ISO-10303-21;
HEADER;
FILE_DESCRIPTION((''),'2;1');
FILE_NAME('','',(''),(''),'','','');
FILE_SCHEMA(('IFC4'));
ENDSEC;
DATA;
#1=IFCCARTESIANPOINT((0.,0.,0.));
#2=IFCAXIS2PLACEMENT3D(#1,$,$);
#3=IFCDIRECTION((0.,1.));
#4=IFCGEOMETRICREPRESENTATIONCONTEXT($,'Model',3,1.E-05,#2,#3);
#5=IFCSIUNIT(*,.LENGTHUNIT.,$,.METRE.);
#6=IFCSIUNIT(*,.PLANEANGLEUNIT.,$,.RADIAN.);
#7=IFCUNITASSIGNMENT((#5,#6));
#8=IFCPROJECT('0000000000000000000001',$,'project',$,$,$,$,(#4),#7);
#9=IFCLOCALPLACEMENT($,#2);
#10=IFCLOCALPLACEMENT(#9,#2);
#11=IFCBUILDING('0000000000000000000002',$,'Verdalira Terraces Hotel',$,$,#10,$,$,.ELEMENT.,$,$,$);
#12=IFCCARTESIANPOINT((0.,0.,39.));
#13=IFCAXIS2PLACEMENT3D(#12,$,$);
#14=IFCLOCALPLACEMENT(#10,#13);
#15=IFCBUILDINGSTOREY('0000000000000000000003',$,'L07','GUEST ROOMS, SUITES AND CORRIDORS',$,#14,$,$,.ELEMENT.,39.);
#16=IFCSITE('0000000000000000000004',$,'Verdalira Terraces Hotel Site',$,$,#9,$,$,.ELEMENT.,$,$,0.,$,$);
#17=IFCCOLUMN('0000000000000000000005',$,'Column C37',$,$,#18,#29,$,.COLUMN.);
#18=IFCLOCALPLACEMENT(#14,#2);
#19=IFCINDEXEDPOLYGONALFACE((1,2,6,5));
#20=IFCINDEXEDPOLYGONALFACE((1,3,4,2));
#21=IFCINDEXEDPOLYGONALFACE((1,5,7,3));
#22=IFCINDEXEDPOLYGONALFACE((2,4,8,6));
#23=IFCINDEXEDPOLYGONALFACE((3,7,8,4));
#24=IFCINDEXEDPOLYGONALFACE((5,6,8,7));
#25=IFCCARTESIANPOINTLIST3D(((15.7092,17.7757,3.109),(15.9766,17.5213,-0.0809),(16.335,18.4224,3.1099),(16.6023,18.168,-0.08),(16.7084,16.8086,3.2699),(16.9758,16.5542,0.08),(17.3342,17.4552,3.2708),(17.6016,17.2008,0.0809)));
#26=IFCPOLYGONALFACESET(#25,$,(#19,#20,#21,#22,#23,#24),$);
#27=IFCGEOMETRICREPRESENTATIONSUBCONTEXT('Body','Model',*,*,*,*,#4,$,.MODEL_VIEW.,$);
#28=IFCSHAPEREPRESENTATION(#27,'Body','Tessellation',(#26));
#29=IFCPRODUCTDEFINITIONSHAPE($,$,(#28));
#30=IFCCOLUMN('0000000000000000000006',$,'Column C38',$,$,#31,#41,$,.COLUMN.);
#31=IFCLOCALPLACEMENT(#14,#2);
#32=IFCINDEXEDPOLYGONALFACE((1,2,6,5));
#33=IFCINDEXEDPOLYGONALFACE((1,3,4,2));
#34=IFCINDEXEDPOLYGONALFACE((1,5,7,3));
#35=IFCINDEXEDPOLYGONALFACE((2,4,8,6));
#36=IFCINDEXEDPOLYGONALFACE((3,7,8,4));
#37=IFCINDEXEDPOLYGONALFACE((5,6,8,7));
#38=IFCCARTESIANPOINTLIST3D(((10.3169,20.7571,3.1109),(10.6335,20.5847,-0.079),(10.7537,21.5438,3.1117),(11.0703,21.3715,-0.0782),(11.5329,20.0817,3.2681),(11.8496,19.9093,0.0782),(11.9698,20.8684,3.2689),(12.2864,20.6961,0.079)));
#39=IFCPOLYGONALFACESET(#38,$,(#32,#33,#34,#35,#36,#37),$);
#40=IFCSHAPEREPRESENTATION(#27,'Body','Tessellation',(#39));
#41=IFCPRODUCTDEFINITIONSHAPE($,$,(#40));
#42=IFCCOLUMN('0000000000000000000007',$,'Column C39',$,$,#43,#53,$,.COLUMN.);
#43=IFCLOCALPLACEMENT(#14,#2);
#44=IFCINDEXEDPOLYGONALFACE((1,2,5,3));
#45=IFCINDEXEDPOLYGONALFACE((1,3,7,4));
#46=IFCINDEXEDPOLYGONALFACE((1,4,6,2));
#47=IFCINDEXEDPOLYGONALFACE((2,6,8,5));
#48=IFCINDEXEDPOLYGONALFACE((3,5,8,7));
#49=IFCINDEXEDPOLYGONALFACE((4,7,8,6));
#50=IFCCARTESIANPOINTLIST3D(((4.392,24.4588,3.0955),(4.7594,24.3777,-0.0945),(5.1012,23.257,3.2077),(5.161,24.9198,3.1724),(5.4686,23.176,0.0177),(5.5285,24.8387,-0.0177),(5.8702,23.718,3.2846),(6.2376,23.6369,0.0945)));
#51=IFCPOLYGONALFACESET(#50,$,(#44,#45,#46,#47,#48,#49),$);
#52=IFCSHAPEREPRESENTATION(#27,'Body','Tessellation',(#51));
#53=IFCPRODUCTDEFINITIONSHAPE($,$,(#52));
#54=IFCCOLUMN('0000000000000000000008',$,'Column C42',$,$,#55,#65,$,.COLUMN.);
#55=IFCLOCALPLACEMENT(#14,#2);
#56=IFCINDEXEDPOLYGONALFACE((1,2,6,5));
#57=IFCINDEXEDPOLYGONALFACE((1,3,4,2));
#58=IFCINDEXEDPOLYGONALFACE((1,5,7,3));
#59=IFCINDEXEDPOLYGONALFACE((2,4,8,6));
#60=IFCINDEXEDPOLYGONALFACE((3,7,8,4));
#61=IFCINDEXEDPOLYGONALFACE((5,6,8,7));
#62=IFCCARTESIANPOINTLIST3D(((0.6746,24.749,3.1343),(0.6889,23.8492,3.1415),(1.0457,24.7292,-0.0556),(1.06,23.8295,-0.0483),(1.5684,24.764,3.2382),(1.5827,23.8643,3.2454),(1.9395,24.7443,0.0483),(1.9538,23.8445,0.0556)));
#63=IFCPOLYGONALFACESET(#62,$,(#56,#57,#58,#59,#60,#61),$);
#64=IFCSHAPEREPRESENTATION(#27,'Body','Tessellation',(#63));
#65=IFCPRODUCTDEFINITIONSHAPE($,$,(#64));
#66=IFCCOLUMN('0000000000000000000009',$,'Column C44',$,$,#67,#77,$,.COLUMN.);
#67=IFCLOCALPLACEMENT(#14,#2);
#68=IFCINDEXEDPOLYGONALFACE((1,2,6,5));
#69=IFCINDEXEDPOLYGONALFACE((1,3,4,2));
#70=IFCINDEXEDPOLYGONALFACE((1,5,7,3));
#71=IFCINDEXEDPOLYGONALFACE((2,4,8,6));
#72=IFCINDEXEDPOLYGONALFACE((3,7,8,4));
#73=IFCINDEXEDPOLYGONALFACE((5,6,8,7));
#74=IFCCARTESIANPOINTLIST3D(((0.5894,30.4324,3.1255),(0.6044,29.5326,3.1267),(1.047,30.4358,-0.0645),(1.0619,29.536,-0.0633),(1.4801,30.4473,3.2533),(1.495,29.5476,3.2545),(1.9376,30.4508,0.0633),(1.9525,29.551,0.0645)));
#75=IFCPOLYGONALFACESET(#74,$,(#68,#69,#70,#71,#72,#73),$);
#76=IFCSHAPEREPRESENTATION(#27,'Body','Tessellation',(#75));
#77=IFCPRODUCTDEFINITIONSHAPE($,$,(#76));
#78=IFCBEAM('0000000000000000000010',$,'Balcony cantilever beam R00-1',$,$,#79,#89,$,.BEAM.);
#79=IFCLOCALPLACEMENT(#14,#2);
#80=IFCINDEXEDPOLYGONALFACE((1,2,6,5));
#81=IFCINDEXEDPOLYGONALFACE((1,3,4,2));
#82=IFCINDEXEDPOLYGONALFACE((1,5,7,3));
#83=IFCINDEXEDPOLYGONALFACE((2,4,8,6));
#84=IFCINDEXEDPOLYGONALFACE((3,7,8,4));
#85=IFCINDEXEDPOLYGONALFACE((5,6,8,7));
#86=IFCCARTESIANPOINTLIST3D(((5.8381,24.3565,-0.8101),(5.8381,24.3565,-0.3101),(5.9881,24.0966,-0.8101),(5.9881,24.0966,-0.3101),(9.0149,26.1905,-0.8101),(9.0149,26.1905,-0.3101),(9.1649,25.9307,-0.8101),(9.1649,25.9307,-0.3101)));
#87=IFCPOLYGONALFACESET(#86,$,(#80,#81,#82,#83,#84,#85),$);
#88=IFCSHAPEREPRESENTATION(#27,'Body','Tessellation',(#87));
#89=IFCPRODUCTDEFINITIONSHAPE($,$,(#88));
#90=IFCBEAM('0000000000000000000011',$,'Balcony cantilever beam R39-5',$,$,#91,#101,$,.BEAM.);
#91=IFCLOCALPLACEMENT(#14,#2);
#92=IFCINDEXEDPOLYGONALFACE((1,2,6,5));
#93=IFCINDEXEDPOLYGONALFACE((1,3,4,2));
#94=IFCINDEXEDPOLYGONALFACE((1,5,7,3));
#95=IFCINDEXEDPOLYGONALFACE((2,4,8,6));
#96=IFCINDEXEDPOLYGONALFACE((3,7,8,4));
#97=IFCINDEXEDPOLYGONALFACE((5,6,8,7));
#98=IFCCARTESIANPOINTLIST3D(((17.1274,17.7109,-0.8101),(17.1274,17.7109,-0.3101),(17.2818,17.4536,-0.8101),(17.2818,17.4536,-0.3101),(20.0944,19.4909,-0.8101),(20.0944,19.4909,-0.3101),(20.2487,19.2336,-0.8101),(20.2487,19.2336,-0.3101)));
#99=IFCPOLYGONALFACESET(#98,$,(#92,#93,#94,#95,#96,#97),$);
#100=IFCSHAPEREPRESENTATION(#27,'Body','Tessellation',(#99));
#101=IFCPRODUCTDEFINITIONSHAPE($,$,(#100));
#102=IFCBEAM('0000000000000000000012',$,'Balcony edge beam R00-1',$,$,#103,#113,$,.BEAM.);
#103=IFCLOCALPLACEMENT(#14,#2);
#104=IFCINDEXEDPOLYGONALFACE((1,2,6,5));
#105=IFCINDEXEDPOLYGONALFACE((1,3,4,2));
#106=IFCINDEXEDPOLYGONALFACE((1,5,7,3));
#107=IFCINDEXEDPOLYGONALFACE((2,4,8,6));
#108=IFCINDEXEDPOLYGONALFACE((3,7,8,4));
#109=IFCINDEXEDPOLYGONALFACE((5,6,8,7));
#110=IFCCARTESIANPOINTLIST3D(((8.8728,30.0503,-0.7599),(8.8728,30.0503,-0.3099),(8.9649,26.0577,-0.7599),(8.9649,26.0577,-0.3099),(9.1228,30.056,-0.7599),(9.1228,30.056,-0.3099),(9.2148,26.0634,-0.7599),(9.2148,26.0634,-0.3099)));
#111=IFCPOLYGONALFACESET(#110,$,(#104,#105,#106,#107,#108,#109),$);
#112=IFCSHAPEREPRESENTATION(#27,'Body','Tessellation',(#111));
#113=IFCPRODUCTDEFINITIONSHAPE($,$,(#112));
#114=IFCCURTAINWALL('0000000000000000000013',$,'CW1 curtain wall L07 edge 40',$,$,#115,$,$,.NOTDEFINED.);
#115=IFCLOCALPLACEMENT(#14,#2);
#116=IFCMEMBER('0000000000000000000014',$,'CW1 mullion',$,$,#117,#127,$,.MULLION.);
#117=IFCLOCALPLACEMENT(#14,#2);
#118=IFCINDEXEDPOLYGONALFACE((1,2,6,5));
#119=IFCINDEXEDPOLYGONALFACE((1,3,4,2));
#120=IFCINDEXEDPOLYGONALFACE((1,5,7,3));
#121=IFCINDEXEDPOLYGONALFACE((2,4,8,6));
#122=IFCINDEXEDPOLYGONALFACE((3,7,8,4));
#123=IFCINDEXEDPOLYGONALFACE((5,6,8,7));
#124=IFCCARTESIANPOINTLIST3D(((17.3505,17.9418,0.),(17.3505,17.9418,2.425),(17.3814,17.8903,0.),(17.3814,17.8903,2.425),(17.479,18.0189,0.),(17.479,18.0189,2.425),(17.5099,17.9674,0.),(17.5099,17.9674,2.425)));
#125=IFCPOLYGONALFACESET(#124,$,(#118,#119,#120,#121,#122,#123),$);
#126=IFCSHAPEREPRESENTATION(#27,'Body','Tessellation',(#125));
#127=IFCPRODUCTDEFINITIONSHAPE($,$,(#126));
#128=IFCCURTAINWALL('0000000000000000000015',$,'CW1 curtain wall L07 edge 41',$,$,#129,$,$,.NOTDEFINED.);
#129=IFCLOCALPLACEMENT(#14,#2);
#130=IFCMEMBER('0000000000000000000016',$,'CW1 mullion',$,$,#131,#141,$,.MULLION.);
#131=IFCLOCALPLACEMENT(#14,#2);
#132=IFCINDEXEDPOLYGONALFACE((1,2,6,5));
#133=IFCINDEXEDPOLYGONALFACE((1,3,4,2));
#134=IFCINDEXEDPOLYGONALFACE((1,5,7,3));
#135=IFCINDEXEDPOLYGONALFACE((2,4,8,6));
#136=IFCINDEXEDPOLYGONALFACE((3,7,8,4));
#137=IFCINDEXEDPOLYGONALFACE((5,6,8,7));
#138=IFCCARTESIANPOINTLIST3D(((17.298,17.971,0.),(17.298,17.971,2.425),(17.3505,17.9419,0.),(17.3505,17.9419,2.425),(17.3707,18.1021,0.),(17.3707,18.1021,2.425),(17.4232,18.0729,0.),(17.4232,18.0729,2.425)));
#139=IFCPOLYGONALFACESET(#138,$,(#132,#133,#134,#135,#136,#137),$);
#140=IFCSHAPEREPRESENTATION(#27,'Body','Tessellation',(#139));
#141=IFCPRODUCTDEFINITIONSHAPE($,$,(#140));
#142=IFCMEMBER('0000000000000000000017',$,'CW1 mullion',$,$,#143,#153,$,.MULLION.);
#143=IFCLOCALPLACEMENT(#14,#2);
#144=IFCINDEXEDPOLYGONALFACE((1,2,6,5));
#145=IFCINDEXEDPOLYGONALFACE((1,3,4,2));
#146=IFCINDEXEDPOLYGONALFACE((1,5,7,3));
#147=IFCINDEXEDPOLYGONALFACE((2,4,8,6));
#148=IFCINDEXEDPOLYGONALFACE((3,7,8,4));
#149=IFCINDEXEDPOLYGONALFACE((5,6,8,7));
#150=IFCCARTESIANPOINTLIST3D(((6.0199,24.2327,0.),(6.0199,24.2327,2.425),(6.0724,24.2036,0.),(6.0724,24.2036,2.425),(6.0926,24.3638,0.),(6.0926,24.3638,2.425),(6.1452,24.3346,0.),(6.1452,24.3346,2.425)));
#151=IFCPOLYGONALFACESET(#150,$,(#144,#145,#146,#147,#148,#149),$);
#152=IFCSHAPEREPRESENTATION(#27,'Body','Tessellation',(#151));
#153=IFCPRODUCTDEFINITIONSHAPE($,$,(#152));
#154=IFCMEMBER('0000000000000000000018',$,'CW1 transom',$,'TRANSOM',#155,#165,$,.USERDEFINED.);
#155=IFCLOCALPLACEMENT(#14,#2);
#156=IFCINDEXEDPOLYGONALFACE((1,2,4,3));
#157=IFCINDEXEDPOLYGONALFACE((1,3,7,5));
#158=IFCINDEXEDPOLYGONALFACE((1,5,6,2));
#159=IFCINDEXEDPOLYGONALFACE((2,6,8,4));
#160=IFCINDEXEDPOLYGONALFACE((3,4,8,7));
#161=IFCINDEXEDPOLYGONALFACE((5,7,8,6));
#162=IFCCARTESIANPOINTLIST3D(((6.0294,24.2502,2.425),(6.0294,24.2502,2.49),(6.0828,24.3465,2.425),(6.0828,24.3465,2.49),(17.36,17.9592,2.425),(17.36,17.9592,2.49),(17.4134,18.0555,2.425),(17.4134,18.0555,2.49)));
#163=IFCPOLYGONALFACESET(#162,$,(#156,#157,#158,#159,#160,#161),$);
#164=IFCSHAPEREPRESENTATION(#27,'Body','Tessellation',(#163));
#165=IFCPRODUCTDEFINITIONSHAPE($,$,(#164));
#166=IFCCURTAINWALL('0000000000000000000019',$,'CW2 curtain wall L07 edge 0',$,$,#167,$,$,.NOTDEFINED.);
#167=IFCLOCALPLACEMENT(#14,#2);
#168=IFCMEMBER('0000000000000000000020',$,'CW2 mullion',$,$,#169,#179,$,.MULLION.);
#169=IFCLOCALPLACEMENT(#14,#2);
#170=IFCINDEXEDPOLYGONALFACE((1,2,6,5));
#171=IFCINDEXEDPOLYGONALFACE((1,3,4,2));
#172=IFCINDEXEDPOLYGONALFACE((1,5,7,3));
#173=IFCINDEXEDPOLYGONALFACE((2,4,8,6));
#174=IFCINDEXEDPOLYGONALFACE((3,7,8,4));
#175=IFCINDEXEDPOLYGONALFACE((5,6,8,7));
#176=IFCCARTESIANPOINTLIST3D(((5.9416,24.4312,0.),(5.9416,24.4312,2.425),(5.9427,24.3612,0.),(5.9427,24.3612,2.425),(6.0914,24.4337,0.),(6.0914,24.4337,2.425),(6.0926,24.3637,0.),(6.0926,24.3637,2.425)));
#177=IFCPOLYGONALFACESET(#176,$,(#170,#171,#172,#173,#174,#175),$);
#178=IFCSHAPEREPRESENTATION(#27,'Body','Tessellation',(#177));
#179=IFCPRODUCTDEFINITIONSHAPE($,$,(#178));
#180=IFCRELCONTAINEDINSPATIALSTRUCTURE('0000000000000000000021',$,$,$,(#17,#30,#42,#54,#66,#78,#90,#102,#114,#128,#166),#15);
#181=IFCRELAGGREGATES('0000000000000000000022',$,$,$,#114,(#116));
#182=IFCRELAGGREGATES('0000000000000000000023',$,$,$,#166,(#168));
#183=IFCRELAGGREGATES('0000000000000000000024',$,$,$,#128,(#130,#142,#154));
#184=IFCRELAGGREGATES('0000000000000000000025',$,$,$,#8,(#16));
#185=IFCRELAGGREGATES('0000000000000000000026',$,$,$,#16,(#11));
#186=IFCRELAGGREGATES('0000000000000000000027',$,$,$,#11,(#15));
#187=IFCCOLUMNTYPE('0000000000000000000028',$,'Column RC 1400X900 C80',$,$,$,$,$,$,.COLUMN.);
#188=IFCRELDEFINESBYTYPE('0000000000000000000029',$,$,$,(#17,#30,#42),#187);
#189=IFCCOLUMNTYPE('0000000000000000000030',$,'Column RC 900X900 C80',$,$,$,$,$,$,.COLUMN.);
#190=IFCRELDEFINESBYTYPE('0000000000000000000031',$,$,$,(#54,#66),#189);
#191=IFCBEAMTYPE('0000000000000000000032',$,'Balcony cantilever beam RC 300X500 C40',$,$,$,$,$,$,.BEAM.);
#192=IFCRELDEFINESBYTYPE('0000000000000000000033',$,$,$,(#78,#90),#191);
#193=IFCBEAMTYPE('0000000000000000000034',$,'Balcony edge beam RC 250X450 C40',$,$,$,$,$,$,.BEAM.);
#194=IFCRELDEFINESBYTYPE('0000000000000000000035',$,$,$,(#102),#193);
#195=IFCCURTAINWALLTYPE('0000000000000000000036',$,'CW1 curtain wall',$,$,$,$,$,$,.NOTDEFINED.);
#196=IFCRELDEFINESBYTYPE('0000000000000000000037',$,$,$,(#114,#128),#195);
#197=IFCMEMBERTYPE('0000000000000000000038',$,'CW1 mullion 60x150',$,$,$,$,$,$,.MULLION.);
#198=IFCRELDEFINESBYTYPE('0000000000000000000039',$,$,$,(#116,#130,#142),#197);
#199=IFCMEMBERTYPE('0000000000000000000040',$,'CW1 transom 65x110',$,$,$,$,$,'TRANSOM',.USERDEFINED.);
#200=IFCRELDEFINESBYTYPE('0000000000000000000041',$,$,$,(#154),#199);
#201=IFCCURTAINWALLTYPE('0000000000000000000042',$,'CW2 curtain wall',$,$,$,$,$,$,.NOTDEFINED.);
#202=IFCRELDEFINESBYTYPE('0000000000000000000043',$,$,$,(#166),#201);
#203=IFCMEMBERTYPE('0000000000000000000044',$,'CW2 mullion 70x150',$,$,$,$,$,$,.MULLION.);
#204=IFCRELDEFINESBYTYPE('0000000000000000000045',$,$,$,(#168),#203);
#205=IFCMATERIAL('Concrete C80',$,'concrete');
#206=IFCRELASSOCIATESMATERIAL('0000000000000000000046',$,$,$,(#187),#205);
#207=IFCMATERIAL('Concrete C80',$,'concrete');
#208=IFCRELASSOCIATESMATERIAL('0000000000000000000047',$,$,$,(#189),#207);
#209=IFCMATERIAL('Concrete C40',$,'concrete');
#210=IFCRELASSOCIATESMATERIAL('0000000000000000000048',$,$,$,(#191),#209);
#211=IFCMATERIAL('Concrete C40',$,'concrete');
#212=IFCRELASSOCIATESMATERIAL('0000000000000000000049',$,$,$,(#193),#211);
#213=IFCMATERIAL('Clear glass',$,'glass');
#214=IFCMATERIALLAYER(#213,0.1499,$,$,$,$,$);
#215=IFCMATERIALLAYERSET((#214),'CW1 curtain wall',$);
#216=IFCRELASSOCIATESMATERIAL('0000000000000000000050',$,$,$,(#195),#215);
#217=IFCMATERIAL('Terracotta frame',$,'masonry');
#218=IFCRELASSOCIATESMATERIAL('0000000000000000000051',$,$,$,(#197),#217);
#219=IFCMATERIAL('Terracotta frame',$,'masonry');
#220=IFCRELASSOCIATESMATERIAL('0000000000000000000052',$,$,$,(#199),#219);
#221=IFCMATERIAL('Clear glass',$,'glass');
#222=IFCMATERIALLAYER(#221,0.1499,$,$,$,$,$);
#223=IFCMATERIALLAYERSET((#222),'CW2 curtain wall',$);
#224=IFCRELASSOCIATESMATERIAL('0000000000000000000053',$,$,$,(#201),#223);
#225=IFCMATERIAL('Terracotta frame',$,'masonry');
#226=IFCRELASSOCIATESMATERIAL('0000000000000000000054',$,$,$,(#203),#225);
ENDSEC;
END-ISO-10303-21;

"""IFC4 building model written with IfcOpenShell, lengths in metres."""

from ifc_helpers import new_model, si_unit, direction, frame, origin, origin_2d, place, context, subcontext, project, spatial, rectangle, extrude, material, layer, layer_set, material_profile, profile_set, type_object, element, aggregate, save


model = new_model("IFC4")

# Units and contexts
model_context = context("Model", 3, precision=1e-05, world=origin(), true_north=direction((0.0, 1.0)))
body_context = subcontext(model_context, "Body", "Model", "MODEL_VIEW")
ifc_project = project(units=[si_unit("LENGTHUNIT", "METRE"), si_unit("PLANEANGLEUNIT", "RADIAN")], contexts=[model_context])

# Site, building, storey
site_placement = place(None, origin())
site = spatial("IfcSite", under=ifc_project, at=site_placement, Name="Verdalira Terraces Hotel Site", CompositionType="ELEMENT", RefElevation=0.0)
building_placement = place(site_placement, origin())
building = spatial("IfcBuilding", under=site, at=building_placement, Name="Verdalira Terraces Hotel", CompositionType="ELEMENT")
storey_placement = place(building_placement, frame((0.0, 0.0, 39.0)))
storey = spatial("IfcBuildingStorey", under=building, at=storey_placement, Name="L07", Description="GUEST ROOMS, SUITES AND CORRIDORS", CompositionType="ELEMENT", Elevation=39.0)

# Columns
ifc_material_1 = material(Name="Concrete C80", Category="concrete")
ifc_material_profile_1 = material_profile(ifc_material_1, rectangle(XDim=1.3999, YDim=0.8999, at=origin_2d()), Name="RC 1400X900")
ifc_profile_set_1 = profile_set([ifc_material_profile_1], Name="Concrete C80")
column_type_1 = type_object("IfcColumnType", Name="Column RC 1400X900 C80", PredefinedType="COLUMN", material=ifc_profile_set_1)
column_1_placement = place(storey_placement, frame((16.7891, 17.3611, 0.0), z_axis=(-0.08325, 0.079221, 0.993375), x_axis=(0.713782, -0.690876, 0.114915)))
element("IfcColumn", 1, at=column_1_placement, inside=storey, type_object=column_type_1, Name="Column C37", PredefinedType="COLUMN", context=body_context, shape_type="SweptSolid", body=[
    extrude(rectangle(XDim=1.3999, YDim=0.8999, at=origin_2d()), origin(), (0.0, 0.0, 1.0), 3.2112),
])
column_2_placement = place(storey_placement, frame((11.46, 20.6404, 0.0), z_axis=(-0.098637, 0.053692, 0.993674), x_axis=(-0.868691, 0.482457, -0.1123)))
element("IfcColumn", 2, at=column_2_placement, inside=storey, type_object=column_type_1, Name="Column C38", PredefinedType="COLUMN", context=body_context, shape_type="SweptSolid", body=[
    extrude(rectangle(XDim=1.3999, YDim=0.8999, at=origin_2d()), origin(), (0.0, 0.0, 1.0), 3.2102),
])
column_3_placement = place(storey_placement, frame((5.4985, 24.0073, 0.0), z_axis=(-0.114391, 0.025235, 0.993115), x_axis=(0.506584, -0.858456, 0.080164)))
element("IfcColumn", 3, at=column_3_placement, inside=storey, type_object=column_type_1, Name="Column C39", PredefinedType="COLUMN", context=body_context, shape_type="SweptSolid", body=[
    extrude(rectangle(XDim=1.3999, YDim=0.8999, at=origin_2d()), origin(), (0.0, 0.0, 1.0), 3.2122),
])
ifc_material_2 = material(Name="Concrete C80", Category="concrete")
ifc_material_profile_2 = material_profile(ifc_material_2, rectangle(XDim=0.8999, YDim=0.8999, at=origin_2d()), Name="RC 900X900")
ifc_profile_set_2 = profile_set([ifc_material_profile_2], Name="Concrete C80")
column_type_2 = type_object("IfcColumnType", Name="Column RC 900X900 C80", PredefinedType="COLUMN", material=ifc_profile_set_2)
column_4_placement = place(storey_placement, frame((1.4998, 24.2869, 0.0), z_axis=(-0.115551, 0.006158, 0.993282), x_axis=(-0.015875, 0.999842, -0.008045)))
element("IfcColumn", 4, at=column_4_placement, inside=storey, type_object=column_type_2, Name="Column C42", PredefinedType="COLUMN", context=body_context, shape_type="SweptSolid", body=[
    extrude(rectangle(XDim=0.8999, YDim=0.8999, at=origin_2d()), origin(), (0.0, 0.0, 1.0), 3.2114),
])
column_5_placement = place(storey_placement, frame((1.4998, 29.9934, 0.0), z_axis=(-0.141973, -0.001061, 0.98987), x_axis=(-0.016583, 0.999862, -0.001307)))
element("IfcColumn", 5, at=column_5_placement, inside=storey, type_object=column_type_2, Name="Column C44", PredefinedType="COLUMN", context=body_context, shape_type="SweptSolid", body=[
    extrude(rectangle(XDim=0.8999, YDim=0.8999, at=origin_2d()), origin(), (0.0, 0.0, 1.0), 3.2227),
])

# Beams
ifc_material_3 = material(Name="Concrete C40", Category="concrete")
ifc_material_profile_3 = material_profile(ifc_material_3, rectangle(XDim=0.3, YDim=0.5, at=origin_2d()), Name="RC 300X500")
ifc_profile_set_3 = profile_set([ifc_material_profile_3], Name="Concrete C40")
beam_type_1 = type_object("IfcBeamType", Name="Balcony cantilever beam RC 300X500 C40", PredefinedType="BEAM", material=ifc_profile_set_3)
beam_1_placement = place(storey_placement, frame((5.9131, 24.2266, -0.5601), z_axis=(0.866039, 0.499976, 0.0), x_axis=(-0.499976, 0.866039, 0.0)))
element("IfcBeam", 6, at=beam_1_placement, inside=storey, type_object=beam_type_1, Name="Balcony cantilever beam R00-1", PredefinedType="BEAM", context=body_context, shape_type="SweptSolid", body=[
    extrude(rectangle(XDim=0.3, YDim=0.5, at=origin_2d()), origin(), (0.0, 0.0, 1.0), 3.6682),
])
beam_2_placement = place(storey_placement, frame((17.2046, 17.5823, -0.5601), z_axis=(0.857518, 0.514454, 0.0), x_axis=(-0.514454, 0.857518, 0.0)))
element("IfcBeam", 7, at=beam_2_placement, inside=storey, type_object=beam_type_1, Name="Balcony cantilever beam R39-5", PredefinedType="BEAM", context=body_context, shape_type="SweptSolid", body=[
    extrude(rectangle(XDim=0.3, YDim=0.5, at=origin_2d()), origin(), (0.0, 0.0, 1.0), 3.46),
])
ifc_material_4 = material(Name="Concrete C40", Category="concrete")
ifc_material_profile_4 = material_profile(ifc_material_4, rectangle(XDim=0.25, YDim=0.45, at=origin_2d()), Name="RC 250X450")
ifc_profile_set_4 = profile_set([ifc_material_profile_4], Name="Concrete C40")
beam_type_2 = type_object("IfcBeamType", Name="Balcony edge beam RC 250X450 C40", PredefinedType="BEAM", material=ifc_profile_set_4)
beam_3_placement = place(storey_placement, frame((9.0898, 26.0605, -0.5349), z_axis=(-0.023046, 0.999734, 0.0), x_axis=(-0.999734, -0.023046, 0.0)))
element("IfcBeam", 8, at=beam_3_placement, inside=storey, type_object=beam_type_2, Name="Balcony edge beam R00-1", PredefinedType="BEAM", context=body_context, shape_type="SweptSolid", body=[
    extrude(rectangle(XDim=0.25, YDim=0.45, at=origin_2d()), origin(), (0.0, 0.0, 1.0), 3.9937),
])

# Curtain wall, member
ifc_material_5 = material(Name="Clear glass", Category="glass")
ifc_layer_1 = layer(ifc_material_5, 0.1499)
ifc_layer_set_1 = layer_set([ifc_layer_1], Name="CW1 curtain wall")
curtain_wall_type_1 = type_object("IfcCurtainWallType", Name="CW1 curtain wall", PredefinedType="NOTDEFINED", material=ifc_layer_set_1)
curtain_wall_1_placement = place(storey_placement, origin())
curtain_wall_1 = element("IfcCurtainWall", 9, at=curtain_wall_1_placement, inside=storey, type_object=curtain_wall_type_1, Name="CW1 curtain wall L07 edge 40", PredefinedType="NOTDEFINED")
ifc_material_6 = material(Name="Terracotta frame", Category="masonry")
ifc_material_profile_5 = material_profile(ifc_material_6, rectangle(XDim=0.0601, YDim=0.1499, at=origin_2d()), Name="MU 60x150")
ifc_profile_set_5 = profile_set([ifc_material_profile_5], Name="Terracotta frame")
member_type_1 = type_object("IfcMemberType", Name="CW1 mullion 60x150", PredefinedType="MULLION", material=ifc_profile_set_5)
member_1_placement = place(storey_placement, frame((17.4302, 17.9546, 0.0), z_axis=(0.0, 0.0, 1.0), x_axis=(-0.51444, 0.857527, 0.0)))
member_1 = element("IfcMember", 10, at=member_1_placement, type_object=member_type_1, Name="CW1 mullion", PredefinedType="MULLION", context=body_context, shape_type="SweptSolid", body=[
    extrude(rectangle(XDim=0.0601, YDim=0.1499, at=origin_2d()), origin(), (0.0, 0.0, 1.0), 2.425),
])
aggregate(curtain_wall_1, [member_1])

# Curtain walls, members
curtain_wall_2_placement = place(storey_placement, origin())
curtain_wall_2 = element("IfcCurtainWall", 11, at=curtain_wall_2_placement, inside=storey, type_object=curtain_wall_type_1, Name="CW1 curtain wall L07 edge 41", PredefinedType="NOTDEFINED")
member_2_placement = place(storey_placement, frame((17.3606, 18.022, 0.0), z_axis=(0.0, 0.0, 1.0), x_axis=(-0.874281, 0.48542, 0.0)))
member_2 = element("IfcMember", 12, at=member_2_placement, type_object=member_type_1, Name="CW1 mullion", PredefinedType="MULLION", context=body_context, shape_type="SweptSolid", body=[
    extrude(rectangle(XDim=0.0601, YDim=0.1499, at=origin_2d()), origin(), (0.0, 0.0, 1.0), 2.425),
])
member_3_placement = place(storey_placement, frame((6.0825, 24.2837, 0.0), z_axis=(0.0, 0.0, 1.0), x_axis=(-0.874281, 0.48542, 0.0)))
member_3 = element("IfcMember", 13, at=member_3_placement, type_object=member_type_1, Name="CW1 mullion", PredefinedType="MULLION", context=body_context, shape_type="SweptSolid", body=[
    extrude(rectangle(XDim=0.0601, YDim=0.1499, at=origin_2d()), origin(), (0.0, 0.0, 1.0), 2.425),
])
ifc_material_7 = material(Name="Terracotta frame", Category="masonry")
ifc_material_profile_6 = material_profile(ifc_material_7, rectangle(XDim=0.1101, YDim=0.0649, at=origin_2d()), Name="TR 65x110")
ifc_profile_set_6 = profile_set([ifc_material_profile_6], Name="Terracotta frame")
member_type_2 = type_object("IfcMemberType", Name="CW1 transom 65x110", ElementType="TRANSOM", PredefinedType="USERDEFINED", material=ifc_profile_set_6)
member_4_placement = place(storey_placement, frame((17.3867, 18.0073, 2.4575), z_axis=(-0.87428, 0.485422, 0.0), x_axis=(-0.485422, -0.87428, 0.0)))
member_4 = element("IfcMember", 14, at=member_4_placement, type_object=member_type_2, Name="CW1 transom", ObjectType="TRANSOM", PredefinedType="USERDEFINED", context=body_context, shape_type="SweptSolid", body=[
    extrude(rectangle(XDim=0.1101, YDim=0.0649, at=origin_2d()), origin(), (0.0, 0.0, 1.0), 12.96),
])
ifc_material_8 = material(Name="Clear glass", Category="glass")
ifc_layer_2 = layer(ifc_material_8, 0.1499)
ifc_layer_set_2 = layer_set([ifc_layer_2], Name="CW2 curtain wall")
curtain_wall_type_2 = type_object("IfcCurtainWallType", Name="CW2 curtain wall", PredefinedType="NOTDEFINED", material=ifc_layer_set_2)
curtain_wall_3_placement = place(storey_placement, origin())
curtain_wall_3 = element("IfcCurtainWall", 15, at=curtain_wall_3_placement, inside=storey, type_object=curtain_wall_type_2, Name="CW2 curtain wall L07 edge 0", PredefinedType="NOTDEFINED")
ifc_material_9 = material(Name="Terracotta frame", Category="masonry")
ifc_material_profile_7 = material_profile(ifc_material_9, rectangle(XDim=0.0701, YDim=0.1499, at=origin_2d()), Name="MU 70x150")
ifc_profile_set_7 = profile_set([ifc_material_profile_7], Name="Terracotta frame")
member_type_3 = type_object("IfcMemberType", Name="CW2 mullion 70x150", PredefinedType="MULLION", material=ifc_profile_set_7)
member_5_placement = place(storey_placement, frame((6.0171, 24.3975, 0.0), z_axis=(0.0, 0.0, 1.0), x_axis=(-0.016754, 0.99986, 0.0)))
member_5 = element("IfcMember", 16, at=member_5_placement, type_object=member_type_3, Name="CW2 mullion", PredefinedType="MULLION", context=body_context, shape_type="SweptSolid", body=[
    extrude(rectangle(XDim=0.0701, YDim=0.1499, at=origin_2d()), origin(), (0.0, 0.0, 1.0), 2.425),
])
aggregate(curtain_wall_3, [member_5])

aggregate(curtain_wall_2, [member_2, member_3, member_4])

save(model, "model.ifc")
